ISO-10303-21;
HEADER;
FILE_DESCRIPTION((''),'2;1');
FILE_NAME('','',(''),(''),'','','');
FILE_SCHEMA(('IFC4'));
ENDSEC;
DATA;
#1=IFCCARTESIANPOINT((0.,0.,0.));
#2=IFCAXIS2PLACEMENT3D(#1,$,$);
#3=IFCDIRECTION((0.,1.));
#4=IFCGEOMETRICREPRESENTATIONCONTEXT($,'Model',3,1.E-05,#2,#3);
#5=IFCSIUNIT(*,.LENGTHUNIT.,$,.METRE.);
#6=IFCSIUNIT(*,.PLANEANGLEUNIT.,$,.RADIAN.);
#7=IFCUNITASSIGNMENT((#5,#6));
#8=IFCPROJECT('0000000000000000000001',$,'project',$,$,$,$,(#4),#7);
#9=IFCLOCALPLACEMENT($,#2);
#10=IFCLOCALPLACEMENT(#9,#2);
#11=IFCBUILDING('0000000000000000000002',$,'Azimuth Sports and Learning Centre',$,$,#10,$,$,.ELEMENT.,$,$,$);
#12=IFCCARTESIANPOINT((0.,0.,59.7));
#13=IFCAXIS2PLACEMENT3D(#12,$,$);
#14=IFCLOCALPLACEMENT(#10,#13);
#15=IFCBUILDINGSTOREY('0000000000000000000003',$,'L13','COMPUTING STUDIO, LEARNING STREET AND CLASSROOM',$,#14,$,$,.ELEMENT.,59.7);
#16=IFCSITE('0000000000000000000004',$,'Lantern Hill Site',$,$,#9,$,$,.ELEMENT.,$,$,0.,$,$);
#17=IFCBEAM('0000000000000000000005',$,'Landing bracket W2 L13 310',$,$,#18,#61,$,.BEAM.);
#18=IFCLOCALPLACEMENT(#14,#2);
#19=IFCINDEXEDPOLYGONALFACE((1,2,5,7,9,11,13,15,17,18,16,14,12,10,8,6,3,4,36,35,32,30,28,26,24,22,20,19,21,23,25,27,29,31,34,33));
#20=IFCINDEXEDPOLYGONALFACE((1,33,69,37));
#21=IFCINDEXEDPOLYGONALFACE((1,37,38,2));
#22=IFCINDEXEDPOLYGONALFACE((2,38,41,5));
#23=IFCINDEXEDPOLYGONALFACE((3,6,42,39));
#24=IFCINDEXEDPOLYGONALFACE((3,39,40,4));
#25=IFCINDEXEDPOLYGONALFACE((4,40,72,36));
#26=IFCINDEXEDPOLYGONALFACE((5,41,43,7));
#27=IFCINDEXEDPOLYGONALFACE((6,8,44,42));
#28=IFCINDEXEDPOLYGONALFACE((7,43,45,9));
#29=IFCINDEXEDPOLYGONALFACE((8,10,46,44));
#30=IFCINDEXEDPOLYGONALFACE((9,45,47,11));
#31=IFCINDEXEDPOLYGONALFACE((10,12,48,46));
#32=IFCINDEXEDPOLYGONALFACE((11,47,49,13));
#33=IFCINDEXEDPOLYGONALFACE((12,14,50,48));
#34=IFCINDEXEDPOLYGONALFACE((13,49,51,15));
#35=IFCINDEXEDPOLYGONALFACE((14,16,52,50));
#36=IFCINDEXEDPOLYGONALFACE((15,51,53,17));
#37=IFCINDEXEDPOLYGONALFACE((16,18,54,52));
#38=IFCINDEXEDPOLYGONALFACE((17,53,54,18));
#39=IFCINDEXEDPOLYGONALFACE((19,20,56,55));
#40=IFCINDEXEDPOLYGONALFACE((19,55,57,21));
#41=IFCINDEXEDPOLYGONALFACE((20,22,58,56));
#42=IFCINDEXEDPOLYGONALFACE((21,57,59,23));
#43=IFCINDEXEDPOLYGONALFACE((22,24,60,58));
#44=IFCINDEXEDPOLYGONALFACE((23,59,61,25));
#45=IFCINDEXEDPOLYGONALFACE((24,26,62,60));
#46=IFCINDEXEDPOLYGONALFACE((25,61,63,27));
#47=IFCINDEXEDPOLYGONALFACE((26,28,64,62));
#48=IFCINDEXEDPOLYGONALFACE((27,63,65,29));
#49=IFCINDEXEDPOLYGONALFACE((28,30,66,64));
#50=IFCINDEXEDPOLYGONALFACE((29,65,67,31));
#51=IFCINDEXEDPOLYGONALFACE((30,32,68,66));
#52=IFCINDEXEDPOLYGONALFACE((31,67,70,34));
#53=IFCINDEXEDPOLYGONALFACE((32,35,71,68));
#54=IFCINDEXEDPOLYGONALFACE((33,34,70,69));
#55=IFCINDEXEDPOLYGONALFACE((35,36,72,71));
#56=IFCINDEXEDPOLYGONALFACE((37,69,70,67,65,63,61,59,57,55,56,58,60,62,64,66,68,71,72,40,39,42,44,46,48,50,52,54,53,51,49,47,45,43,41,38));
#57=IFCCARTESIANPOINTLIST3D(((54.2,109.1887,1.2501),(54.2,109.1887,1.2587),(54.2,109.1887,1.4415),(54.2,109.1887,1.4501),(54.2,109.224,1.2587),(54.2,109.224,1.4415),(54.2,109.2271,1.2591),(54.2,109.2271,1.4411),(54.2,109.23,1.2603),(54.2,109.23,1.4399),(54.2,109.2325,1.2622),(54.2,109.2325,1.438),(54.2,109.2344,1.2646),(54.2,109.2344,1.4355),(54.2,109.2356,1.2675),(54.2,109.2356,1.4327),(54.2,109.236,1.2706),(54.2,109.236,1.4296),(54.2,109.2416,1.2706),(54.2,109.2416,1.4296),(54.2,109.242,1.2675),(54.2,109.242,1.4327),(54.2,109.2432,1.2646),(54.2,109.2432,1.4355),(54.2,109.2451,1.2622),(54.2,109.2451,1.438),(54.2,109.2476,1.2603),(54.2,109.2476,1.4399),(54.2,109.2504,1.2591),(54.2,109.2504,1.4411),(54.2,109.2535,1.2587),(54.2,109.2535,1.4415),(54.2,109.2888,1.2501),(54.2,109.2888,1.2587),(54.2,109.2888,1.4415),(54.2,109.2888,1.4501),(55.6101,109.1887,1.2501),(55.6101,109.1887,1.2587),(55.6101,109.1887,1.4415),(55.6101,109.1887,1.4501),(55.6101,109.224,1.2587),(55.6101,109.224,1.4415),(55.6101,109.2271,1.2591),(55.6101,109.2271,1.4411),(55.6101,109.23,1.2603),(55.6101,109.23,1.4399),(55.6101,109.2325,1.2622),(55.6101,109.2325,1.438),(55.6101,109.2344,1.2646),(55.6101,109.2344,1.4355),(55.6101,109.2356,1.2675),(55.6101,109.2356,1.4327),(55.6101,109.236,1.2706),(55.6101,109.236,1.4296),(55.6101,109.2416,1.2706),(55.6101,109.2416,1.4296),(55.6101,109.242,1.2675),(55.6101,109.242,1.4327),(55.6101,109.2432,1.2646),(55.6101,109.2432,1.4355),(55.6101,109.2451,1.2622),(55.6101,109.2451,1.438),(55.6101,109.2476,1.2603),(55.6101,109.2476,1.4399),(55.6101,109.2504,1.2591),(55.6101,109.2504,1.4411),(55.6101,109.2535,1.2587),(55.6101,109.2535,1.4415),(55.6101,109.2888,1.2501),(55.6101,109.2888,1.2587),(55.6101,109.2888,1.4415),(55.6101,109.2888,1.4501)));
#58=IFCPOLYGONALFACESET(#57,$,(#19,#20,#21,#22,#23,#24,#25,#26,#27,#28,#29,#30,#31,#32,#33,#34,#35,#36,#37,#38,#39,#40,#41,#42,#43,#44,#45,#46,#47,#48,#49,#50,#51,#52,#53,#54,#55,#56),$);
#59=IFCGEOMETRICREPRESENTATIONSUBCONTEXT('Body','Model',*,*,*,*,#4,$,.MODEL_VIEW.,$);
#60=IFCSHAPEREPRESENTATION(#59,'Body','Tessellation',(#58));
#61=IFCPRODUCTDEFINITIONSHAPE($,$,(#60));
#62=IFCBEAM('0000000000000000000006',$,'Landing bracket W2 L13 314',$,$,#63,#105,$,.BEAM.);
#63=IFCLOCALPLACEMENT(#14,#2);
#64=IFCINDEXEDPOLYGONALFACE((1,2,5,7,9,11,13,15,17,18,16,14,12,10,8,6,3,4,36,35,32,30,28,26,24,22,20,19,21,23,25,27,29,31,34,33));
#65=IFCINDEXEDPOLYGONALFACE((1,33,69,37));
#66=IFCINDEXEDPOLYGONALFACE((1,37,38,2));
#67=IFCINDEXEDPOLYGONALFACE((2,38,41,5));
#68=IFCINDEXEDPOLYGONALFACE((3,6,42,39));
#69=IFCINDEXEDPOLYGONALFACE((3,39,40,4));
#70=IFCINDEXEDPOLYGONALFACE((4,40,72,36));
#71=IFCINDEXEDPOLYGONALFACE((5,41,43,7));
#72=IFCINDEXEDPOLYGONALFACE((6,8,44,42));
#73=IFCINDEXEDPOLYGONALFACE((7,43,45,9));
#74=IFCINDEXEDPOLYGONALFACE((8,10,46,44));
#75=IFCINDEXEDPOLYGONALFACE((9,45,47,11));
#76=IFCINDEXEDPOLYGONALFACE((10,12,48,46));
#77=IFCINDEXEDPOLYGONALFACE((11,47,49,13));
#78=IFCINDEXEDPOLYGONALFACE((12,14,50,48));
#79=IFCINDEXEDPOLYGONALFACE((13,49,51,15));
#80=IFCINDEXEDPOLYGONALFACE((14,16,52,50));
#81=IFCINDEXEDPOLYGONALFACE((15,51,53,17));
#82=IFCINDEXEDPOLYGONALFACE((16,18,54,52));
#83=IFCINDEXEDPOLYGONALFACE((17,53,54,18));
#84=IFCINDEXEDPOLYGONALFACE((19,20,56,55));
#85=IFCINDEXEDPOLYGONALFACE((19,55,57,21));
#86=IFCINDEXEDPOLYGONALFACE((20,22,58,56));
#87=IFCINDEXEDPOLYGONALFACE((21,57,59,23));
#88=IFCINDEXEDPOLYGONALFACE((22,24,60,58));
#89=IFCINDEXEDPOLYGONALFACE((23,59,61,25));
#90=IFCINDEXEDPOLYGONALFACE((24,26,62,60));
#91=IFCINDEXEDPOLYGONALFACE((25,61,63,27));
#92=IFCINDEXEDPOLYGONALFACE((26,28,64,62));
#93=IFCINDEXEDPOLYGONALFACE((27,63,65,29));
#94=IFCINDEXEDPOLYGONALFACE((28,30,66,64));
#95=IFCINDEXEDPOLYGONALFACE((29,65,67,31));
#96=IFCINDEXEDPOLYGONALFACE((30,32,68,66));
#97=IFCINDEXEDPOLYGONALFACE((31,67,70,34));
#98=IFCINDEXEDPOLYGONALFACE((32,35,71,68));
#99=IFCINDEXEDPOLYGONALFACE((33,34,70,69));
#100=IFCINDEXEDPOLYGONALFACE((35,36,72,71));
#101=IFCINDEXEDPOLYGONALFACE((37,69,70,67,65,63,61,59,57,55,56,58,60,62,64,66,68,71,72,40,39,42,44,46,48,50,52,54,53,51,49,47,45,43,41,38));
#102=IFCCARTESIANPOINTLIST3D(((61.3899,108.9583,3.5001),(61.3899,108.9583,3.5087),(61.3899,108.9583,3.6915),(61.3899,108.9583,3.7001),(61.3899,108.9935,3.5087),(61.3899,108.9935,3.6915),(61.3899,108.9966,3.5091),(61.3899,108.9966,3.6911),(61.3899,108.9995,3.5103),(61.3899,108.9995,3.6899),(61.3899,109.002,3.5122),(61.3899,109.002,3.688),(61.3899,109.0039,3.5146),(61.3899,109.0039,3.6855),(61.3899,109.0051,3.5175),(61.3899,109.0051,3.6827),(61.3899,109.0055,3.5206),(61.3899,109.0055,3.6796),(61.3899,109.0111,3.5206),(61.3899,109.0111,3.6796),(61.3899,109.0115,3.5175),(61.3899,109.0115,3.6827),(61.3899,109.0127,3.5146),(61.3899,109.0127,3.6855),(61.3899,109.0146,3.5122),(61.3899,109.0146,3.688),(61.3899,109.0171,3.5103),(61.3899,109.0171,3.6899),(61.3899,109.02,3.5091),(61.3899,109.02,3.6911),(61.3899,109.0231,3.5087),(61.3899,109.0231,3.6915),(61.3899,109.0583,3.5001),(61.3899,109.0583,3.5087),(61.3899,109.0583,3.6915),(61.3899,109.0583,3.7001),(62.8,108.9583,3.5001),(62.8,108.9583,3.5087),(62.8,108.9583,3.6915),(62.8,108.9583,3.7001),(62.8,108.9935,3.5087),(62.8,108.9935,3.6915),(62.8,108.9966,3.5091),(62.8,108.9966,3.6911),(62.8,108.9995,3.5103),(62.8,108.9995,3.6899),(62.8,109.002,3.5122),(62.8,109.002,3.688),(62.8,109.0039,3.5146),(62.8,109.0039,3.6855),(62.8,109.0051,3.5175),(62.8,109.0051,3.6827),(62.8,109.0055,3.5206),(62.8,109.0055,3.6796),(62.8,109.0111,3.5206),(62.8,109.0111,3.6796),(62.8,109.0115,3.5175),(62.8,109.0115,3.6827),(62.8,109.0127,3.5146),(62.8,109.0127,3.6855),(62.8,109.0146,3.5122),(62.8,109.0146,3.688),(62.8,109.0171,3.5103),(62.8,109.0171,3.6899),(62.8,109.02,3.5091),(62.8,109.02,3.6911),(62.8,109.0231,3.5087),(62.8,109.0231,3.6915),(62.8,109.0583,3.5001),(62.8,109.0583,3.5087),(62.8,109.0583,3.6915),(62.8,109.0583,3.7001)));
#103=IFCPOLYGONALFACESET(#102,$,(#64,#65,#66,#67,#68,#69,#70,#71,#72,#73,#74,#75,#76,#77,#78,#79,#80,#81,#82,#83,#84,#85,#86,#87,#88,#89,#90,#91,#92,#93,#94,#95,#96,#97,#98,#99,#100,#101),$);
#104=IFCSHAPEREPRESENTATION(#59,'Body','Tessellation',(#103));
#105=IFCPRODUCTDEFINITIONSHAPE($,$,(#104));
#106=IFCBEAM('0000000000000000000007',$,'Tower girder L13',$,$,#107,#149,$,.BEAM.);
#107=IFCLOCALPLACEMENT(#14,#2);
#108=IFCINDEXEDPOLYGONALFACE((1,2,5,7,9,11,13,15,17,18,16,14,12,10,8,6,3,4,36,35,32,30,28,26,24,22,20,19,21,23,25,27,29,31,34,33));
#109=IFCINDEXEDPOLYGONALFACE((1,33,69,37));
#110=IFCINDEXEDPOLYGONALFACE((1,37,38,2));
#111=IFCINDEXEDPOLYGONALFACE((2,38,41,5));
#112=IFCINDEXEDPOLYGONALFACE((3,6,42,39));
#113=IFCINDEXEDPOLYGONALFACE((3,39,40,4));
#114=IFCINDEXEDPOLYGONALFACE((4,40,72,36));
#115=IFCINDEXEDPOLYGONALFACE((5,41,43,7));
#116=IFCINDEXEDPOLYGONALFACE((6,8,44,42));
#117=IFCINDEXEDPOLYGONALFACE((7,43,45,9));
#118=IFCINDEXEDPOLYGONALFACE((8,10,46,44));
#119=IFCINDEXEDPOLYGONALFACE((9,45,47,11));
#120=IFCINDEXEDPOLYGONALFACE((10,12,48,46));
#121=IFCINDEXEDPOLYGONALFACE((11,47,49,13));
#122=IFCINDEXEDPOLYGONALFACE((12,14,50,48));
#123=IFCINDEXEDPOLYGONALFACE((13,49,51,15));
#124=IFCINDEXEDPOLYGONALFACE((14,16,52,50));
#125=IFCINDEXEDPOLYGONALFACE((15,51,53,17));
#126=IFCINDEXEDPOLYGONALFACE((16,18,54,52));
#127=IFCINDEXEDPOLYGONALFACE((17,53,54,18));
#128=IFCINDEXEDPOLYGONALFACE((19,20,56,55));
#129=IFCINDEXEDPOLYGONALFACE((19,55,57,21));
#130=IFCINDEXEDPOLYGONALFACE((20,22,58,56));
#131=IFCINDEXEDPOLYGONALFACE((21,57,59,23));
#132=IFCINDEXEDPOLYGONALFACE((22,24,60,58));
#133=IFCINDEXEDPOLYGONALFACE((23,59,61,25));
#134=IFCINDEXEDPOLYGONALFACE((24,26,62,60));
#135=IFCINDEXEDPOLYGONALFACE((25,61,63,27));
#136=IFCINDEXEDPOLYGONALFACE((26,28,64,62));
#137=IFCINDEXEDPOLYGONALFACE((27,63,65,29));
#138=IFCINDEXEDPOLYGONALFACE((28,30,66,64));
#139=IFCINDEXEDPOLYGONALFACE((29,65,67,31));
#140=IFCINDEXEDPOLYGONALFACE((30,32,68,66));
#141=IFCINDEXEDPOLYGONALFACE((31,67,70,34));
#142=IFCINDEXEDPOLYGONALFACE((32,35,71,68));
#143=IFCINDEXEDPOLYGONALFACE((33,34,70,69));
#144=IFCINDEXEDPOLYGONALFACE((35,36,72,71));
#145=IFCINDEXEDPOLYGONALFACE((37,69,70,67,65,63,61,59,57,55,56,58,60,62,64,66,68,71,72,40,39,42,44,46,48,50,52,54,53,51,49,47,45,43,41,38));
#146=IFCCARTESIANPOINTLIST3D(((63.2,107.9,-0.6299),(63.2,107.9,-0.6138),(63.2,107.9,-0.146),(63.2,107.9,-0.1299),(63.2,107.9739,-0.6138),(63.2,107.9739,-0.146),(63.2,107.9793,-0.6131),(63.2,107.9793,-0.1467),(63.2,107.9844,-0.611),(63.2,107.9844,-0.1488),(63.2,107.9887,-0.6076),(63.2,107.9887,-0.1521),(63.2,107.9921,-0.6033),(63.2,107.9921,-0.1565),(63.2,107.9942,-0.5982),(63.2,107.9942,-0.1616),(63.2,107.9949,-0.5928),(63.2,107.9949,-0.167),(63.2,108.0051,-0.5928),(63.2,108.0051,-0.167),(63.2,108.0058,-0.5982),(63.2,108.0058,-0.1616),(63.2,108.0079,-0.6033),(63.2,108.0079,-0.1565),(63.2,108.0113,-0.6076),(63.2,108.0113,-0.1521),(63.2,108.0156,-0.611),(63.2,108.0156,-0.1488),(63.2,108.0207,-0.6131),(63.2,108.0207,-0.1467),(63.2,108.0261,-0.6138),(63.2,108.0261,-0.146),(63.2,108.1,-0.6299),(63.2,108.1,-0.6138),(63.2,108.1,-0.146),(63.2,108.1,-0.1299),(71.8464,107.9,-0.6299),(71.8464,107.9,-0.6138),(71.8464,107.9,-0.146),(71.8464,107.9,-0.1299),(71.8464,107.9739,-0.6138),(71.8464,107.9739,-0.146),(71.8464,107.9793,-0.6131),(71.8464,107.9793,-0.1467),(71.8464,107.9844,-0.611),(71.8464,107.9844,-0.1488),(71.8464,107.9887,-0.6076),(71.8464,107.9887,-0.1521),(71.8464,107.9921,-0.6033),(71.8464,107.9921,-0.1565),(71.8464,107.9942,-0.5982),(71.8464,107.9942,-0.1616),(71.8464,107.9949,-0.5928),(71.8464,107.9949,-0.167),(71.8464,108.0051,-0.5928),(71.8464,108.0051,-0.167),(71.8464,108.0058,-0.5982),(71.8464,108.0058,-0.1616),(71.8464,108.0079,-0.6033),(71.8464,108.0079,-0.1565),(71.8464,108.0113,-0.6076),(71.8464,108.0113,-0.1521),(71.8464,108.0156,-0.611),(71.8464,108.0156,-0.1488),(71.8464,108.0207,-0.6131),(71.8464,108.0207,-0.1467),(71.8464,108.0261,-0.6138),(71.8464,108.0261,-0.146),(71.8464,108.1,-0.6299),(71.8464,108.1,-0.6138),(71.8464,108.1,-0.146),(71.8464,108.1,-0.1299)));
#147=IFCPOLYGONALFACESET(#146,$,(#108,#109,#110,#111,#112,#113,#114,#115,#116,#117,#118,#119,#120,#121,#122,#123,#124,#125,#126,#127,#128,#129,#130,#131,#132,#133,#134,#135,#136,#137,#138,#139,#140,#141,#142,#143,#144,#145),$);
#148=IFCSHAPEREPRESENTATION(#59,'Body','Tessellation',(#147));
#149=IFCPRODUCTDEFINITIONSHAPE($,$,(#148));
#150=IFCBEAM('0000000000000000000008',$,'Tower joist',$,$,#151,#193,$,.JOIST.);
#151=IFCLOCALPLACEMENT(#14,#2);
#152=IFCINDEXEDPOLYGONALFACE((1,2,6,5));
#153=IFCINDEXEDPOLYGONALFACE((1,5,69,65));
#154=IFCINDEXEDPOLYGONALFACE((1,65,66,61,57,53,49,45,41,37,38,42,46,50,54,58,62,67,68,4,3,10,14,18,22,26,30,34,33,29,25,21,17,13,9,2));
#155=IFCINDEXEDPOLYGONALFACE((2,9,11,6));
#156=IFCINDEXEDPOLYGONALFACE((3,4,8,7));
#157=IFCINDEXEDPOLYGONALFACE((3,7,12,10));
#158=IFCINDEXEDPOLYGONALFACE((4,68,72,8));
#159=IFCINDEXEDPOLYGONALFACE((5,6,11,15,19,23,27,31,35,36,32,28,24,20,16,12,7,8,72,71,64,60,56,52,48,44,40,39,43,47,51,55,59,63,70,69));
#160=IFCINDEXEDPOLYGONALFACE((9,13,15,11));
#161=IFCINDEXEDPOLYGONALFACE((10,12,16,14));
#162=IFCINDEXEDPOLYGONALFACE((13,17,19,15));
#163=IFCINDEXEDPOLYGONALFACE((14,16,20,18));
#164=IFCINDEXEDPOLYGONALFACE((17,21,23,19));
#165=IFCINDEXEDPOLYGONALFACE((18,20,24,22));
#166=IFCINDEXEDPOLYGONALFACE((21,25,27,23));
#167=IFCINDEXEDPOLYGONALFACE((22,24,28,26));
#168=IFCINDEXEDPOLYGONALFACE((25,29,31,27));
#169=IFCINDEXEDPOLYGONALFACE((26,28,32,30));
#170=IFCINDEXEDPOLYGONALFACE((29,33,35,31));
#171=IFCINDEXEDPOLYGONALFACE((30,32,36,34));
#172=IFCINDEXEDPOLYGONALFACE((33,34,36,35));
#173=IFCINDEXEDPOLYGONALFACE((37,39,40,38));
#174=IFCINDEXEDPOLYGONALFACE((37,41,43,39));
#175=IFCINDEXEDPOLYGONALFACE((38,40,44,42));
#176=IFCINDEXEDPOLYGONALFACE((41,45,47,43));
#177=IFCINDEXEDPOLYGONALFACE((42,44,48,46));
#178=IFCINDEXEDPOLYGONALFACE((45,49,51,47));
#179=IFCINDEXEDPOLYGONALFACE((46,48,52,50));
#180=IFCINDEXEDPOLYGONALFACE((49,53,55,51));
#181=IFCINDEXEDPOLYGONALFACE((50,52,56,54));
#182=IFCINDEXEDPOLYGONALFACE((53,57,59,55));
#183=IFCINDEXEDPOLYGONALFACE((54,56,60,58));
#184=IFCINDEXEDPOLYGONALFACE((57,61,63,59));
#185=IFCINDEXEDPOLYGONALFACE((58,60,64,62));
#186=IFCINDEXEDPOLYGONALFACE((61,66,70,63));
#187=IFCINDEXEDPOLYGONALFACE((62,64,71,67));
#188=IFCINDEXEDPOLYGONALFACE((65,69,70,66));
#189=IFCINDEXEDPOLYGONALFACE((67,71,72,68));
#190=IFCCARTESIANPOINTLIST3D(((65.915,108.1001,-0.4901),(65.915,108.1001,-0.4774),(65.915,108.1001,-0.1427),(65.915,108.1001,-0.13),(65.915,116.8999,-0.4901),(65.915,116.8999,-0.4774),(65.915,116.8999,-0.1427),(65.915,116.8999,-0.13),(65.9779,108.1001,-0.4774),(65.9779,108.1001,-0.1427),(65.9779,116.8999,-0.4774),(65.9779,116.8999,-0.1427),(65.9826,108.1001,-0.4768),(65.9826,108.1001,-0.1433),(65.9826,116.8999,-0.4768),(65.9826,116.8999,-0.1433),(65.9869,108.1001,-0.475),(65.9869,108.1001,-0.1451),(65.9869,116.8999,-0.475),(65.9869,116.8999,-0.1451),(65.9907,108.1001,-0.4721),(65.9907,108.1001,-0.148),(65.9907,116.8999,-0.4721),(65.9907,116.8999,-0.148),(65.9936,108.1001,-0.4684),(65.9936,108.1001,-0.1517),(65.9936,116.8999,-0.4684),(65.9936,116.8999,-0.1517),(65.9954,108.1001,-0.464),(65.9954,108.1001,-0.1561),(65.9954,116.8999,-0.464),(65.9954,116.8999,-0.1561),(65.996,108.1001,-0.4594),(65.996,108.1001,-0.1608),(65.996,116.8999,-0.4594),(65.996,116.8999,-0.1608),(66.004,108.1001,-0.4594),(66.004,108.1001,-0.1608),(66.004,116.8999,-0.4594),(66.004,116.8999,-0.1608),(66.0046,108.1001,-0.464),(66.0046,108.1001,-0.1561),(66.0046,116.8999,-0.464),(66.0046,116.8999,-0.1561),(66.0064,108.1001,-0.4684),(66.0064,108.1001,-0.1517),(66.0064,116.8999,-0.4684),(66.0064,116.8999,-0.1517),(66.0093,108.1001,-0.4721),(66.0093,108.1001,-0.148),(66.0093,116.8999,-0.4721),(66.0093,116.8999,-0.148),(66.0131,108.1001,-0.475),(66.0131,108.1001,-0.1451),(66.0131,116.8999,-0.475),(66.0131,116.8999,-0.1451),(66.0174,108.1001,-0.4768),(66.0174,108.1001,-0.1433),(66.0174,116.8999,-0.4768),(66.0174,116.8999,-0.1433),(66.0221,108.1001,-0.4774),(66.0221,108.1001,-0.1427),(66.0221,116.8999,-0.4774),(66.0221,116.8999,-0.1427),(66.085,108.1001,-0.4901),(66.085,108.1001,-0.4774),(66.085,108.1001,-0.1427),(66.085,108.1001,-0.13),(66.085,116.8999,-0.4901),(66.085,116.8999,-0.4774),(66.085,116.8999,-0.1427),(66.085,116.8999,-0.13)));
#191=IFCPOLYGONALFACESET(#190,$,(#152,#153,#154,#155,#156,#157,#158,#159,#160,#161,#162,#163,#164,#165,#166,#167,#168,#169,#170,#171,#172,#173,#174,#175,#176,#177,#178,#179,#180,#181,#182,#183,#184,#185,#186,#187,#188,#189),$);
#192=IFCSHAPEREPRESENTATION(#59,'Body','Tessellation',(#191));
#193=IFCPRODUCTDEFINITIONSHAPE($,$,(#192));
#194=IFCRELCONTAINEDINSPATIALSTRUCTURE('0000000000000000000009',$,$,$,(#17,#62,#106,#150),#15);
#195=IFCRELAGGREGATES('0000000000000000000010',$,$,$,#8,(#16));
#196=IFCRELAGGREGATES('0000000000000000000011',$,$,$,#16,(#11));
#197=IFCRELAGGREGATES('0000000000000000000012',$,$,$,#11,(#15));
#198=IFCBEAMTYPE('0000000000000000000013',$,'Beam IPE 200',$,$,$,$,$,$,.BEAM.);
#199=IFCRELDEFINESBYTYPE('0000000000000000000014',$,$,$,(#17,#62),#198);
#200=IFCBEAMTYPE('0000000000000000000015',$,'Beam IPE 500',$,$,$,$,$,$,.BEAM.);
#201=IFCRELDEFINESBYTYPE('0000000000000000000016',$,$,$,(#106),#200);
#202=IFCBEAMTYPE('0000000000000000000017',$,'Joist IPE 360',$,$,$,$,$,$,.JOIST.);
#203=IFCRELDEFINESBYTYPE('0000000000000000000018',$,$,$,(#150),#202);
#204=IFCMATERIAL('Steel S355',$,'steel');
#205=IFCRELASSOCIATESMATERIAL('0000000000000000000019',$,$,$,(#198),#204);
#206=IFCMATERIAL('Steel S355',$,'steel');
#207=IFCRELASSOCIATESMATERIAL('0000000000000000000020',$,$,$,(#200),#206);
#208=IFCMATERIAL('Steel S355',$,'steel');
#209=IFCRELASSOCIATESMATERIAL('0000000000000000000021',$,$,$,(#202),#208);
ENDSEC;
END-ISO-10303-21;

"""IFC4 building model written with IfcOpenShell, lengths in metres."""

from ifc_helpers import new_model, si_unit, direction, frame, origin, origin_2d, place, context, subcontext, project, spatial, i_section, extrude, material, material_profile, profile_set, type_object, element, save


model = new_model("IFC4")

# Units and contexts
model_context = context("Model", 3, precision=1e-05, world=origin(), true_north=direction((0.0, 1.0)))
body_context = subcontext(model_context, "Body", "Model", "MODEL_VIEW")
ifc_project = project(units=[si_unit("LENGTHUNIT", "METRE"), si_unit("PLANEANGLEUNIT", "RADIAN")], contexts=[model_context])

# Site, building, storey
site_placement = place(None, origin())
site = spatial("IfcSite", under=ifc_project, at=site_placement, Name="Lantern Hill Site", CompositionType="ELEMENT", RefElevation=0.0)
building_placement = place(site_placement, origin())
building = spatial("IfcBuilding", under=site, at=building_placement, Name="Azimuth Sports and Learning Centre", CompositionType="ELEMENT")
storey_placement = place(building_placement, frame((0.0, 0.0, 59.7)))
storey = spatial("IfcBuildingStorey", under=building, at=storey_placement, Name="L13", Description="COMPUTING STUDIO, LEARNING STREET AND CLASSROOM", CompositionType="ELEMENT", Elevation=59.7)

# Beams
ifc_material_1 = material(Name="Steel S355", Category="steel")
ifc_material_profile_1 = material_profile(ifc_material_1, i_section(OverallWidth=0.1001, OverallDepth=0.2, WebThickness=0.0056, FlangeThickness=0.0085, FilletRadius=0.012, at=origin_2d()), Name="IPE 200")
ifc_profile_set_1 = profile_set([ifc_material_profile_1], Name="Steel S355")
beam_type_1 = type_object("IfcBeamType", Name="Beam IPE 200", PredefinedType="BEAM", material=ifc_profile_set_1)
for number, where, z_axis, x_axis, name in (
    (1, (54.2, 109.2388, 1.3501), (1.0, 0.0, 0.0), (0.0, 1.0, 0.0), "Landing bracket W2 L13 310"),
    (2, (62.8, 109.0083, 3.6001), (-1.0, 0.0, 0.0), (0.0, -1.0, 0.0), "Landing bracket W2 L13 314"),
):
    element("IfcBeam", number, at=place(storey_placement, frame(where, z_axis=z_axis, x_axis=x_axis)), inside=storey, type_object=beam_type_1, Name=name, PredefinedType="BEAM", context=body_context, shape_type="SweptSolid", body=[
        extrude(i_section(OverallWidth=0.1001, OverallDepth=0.2, WebThickness=0.0056, FlangeThickness=0.0085, FilletRadius=0.012, at=origin_2d()), origin(), (0.0, 0.0, 1.0), 1.4102),
    ])
ifc_material_2 = material(Name="Steel S355", Category="steel")
ifc_material_profile_2 = material_profile(ifc_material_2, i_section(OverallWidth=0.2, OverallDepth=0.5, WebThickness=0.0103, FlangeThickness=0.0161, FilletRadius=0.021, at=origin_2d()), Name="IPE 500")
ifc_profile_set_2 = profile_set([ifc_material_profile_2], Name="Steel S355")
beam_type_2 = type_object("IfcBeamType", Name="Beam IPE 500", PredefinedType="BEAM", material=ifc_profile_set_2)
beam_placement = place(storey_placement, frame((63.2, 108.0, -0.3799), z_axis=(1.0, 0.0, 0.0), x_axis=(0.0, 1.0, 0.0)))
element("IfcBeam", 3, at=beam_placement, inside=storey, type_object=beam_type_2, Name="Tower girder L13", PredefinedType="BEAM", context=body_context, shape_type="SweptSolid", body=[
    extrude(i_section(OverallWidth=0.2, OverallDepth=0.5, WebThickness=0.0103, FlangeThickness=0.0161, FilletRadius=0.021, at=origin_2d()), origin(), (0.0, 0.0, 1.0), 8.6465),
])
ifc_material_3 = material(Name="Steel S355", Category="steel")
ifc_material_profile_3 = material_profile(ifc_material_3, i_section(OverallWidth=0.1699, OverallDepth=0.3601, WebThickness=0.0081, FlangeThickness=0.0127, FilletRadius=0.0181, at=origin_2d()), Name="IPE 360")
ifc_profile_set_3 = profile_set([ifc_material_profile_3], Name="Steel S355")
beam_type_3 = type_object("IfcBeamType", Name="Joist IPE 360", PredefinedType="JOIST", material=ifc_profile_set_3)
for number, where, z_axis, x_axis, name in (
    (4, (66.0, 108.1001, -0.3101), (0.0, 1.0, 0.0), (-1.0, 0.0, 0.0), "Tower joist"),
):
    element("IfcBeam", number, at=place(storey_placement, frame(where, z_axis=z_axis, x_axis=x_axis)), inside=storey, type_object=beam_type_3, Name=name, PredefinedType="JOIST", context=body_context, shape_type="SweptSolid", body=[
        extrude(i_section(OverallWidth=0.1699, OverallDepth=0.3601, WebThickness=0.0081, FlangeThickness=0.0127, FilletRadius=0.0181, at=origin_2d()), origin(), (0.0, 0.0, 1.0), 8.7998),
    ])

save(model, "model.ifc")
